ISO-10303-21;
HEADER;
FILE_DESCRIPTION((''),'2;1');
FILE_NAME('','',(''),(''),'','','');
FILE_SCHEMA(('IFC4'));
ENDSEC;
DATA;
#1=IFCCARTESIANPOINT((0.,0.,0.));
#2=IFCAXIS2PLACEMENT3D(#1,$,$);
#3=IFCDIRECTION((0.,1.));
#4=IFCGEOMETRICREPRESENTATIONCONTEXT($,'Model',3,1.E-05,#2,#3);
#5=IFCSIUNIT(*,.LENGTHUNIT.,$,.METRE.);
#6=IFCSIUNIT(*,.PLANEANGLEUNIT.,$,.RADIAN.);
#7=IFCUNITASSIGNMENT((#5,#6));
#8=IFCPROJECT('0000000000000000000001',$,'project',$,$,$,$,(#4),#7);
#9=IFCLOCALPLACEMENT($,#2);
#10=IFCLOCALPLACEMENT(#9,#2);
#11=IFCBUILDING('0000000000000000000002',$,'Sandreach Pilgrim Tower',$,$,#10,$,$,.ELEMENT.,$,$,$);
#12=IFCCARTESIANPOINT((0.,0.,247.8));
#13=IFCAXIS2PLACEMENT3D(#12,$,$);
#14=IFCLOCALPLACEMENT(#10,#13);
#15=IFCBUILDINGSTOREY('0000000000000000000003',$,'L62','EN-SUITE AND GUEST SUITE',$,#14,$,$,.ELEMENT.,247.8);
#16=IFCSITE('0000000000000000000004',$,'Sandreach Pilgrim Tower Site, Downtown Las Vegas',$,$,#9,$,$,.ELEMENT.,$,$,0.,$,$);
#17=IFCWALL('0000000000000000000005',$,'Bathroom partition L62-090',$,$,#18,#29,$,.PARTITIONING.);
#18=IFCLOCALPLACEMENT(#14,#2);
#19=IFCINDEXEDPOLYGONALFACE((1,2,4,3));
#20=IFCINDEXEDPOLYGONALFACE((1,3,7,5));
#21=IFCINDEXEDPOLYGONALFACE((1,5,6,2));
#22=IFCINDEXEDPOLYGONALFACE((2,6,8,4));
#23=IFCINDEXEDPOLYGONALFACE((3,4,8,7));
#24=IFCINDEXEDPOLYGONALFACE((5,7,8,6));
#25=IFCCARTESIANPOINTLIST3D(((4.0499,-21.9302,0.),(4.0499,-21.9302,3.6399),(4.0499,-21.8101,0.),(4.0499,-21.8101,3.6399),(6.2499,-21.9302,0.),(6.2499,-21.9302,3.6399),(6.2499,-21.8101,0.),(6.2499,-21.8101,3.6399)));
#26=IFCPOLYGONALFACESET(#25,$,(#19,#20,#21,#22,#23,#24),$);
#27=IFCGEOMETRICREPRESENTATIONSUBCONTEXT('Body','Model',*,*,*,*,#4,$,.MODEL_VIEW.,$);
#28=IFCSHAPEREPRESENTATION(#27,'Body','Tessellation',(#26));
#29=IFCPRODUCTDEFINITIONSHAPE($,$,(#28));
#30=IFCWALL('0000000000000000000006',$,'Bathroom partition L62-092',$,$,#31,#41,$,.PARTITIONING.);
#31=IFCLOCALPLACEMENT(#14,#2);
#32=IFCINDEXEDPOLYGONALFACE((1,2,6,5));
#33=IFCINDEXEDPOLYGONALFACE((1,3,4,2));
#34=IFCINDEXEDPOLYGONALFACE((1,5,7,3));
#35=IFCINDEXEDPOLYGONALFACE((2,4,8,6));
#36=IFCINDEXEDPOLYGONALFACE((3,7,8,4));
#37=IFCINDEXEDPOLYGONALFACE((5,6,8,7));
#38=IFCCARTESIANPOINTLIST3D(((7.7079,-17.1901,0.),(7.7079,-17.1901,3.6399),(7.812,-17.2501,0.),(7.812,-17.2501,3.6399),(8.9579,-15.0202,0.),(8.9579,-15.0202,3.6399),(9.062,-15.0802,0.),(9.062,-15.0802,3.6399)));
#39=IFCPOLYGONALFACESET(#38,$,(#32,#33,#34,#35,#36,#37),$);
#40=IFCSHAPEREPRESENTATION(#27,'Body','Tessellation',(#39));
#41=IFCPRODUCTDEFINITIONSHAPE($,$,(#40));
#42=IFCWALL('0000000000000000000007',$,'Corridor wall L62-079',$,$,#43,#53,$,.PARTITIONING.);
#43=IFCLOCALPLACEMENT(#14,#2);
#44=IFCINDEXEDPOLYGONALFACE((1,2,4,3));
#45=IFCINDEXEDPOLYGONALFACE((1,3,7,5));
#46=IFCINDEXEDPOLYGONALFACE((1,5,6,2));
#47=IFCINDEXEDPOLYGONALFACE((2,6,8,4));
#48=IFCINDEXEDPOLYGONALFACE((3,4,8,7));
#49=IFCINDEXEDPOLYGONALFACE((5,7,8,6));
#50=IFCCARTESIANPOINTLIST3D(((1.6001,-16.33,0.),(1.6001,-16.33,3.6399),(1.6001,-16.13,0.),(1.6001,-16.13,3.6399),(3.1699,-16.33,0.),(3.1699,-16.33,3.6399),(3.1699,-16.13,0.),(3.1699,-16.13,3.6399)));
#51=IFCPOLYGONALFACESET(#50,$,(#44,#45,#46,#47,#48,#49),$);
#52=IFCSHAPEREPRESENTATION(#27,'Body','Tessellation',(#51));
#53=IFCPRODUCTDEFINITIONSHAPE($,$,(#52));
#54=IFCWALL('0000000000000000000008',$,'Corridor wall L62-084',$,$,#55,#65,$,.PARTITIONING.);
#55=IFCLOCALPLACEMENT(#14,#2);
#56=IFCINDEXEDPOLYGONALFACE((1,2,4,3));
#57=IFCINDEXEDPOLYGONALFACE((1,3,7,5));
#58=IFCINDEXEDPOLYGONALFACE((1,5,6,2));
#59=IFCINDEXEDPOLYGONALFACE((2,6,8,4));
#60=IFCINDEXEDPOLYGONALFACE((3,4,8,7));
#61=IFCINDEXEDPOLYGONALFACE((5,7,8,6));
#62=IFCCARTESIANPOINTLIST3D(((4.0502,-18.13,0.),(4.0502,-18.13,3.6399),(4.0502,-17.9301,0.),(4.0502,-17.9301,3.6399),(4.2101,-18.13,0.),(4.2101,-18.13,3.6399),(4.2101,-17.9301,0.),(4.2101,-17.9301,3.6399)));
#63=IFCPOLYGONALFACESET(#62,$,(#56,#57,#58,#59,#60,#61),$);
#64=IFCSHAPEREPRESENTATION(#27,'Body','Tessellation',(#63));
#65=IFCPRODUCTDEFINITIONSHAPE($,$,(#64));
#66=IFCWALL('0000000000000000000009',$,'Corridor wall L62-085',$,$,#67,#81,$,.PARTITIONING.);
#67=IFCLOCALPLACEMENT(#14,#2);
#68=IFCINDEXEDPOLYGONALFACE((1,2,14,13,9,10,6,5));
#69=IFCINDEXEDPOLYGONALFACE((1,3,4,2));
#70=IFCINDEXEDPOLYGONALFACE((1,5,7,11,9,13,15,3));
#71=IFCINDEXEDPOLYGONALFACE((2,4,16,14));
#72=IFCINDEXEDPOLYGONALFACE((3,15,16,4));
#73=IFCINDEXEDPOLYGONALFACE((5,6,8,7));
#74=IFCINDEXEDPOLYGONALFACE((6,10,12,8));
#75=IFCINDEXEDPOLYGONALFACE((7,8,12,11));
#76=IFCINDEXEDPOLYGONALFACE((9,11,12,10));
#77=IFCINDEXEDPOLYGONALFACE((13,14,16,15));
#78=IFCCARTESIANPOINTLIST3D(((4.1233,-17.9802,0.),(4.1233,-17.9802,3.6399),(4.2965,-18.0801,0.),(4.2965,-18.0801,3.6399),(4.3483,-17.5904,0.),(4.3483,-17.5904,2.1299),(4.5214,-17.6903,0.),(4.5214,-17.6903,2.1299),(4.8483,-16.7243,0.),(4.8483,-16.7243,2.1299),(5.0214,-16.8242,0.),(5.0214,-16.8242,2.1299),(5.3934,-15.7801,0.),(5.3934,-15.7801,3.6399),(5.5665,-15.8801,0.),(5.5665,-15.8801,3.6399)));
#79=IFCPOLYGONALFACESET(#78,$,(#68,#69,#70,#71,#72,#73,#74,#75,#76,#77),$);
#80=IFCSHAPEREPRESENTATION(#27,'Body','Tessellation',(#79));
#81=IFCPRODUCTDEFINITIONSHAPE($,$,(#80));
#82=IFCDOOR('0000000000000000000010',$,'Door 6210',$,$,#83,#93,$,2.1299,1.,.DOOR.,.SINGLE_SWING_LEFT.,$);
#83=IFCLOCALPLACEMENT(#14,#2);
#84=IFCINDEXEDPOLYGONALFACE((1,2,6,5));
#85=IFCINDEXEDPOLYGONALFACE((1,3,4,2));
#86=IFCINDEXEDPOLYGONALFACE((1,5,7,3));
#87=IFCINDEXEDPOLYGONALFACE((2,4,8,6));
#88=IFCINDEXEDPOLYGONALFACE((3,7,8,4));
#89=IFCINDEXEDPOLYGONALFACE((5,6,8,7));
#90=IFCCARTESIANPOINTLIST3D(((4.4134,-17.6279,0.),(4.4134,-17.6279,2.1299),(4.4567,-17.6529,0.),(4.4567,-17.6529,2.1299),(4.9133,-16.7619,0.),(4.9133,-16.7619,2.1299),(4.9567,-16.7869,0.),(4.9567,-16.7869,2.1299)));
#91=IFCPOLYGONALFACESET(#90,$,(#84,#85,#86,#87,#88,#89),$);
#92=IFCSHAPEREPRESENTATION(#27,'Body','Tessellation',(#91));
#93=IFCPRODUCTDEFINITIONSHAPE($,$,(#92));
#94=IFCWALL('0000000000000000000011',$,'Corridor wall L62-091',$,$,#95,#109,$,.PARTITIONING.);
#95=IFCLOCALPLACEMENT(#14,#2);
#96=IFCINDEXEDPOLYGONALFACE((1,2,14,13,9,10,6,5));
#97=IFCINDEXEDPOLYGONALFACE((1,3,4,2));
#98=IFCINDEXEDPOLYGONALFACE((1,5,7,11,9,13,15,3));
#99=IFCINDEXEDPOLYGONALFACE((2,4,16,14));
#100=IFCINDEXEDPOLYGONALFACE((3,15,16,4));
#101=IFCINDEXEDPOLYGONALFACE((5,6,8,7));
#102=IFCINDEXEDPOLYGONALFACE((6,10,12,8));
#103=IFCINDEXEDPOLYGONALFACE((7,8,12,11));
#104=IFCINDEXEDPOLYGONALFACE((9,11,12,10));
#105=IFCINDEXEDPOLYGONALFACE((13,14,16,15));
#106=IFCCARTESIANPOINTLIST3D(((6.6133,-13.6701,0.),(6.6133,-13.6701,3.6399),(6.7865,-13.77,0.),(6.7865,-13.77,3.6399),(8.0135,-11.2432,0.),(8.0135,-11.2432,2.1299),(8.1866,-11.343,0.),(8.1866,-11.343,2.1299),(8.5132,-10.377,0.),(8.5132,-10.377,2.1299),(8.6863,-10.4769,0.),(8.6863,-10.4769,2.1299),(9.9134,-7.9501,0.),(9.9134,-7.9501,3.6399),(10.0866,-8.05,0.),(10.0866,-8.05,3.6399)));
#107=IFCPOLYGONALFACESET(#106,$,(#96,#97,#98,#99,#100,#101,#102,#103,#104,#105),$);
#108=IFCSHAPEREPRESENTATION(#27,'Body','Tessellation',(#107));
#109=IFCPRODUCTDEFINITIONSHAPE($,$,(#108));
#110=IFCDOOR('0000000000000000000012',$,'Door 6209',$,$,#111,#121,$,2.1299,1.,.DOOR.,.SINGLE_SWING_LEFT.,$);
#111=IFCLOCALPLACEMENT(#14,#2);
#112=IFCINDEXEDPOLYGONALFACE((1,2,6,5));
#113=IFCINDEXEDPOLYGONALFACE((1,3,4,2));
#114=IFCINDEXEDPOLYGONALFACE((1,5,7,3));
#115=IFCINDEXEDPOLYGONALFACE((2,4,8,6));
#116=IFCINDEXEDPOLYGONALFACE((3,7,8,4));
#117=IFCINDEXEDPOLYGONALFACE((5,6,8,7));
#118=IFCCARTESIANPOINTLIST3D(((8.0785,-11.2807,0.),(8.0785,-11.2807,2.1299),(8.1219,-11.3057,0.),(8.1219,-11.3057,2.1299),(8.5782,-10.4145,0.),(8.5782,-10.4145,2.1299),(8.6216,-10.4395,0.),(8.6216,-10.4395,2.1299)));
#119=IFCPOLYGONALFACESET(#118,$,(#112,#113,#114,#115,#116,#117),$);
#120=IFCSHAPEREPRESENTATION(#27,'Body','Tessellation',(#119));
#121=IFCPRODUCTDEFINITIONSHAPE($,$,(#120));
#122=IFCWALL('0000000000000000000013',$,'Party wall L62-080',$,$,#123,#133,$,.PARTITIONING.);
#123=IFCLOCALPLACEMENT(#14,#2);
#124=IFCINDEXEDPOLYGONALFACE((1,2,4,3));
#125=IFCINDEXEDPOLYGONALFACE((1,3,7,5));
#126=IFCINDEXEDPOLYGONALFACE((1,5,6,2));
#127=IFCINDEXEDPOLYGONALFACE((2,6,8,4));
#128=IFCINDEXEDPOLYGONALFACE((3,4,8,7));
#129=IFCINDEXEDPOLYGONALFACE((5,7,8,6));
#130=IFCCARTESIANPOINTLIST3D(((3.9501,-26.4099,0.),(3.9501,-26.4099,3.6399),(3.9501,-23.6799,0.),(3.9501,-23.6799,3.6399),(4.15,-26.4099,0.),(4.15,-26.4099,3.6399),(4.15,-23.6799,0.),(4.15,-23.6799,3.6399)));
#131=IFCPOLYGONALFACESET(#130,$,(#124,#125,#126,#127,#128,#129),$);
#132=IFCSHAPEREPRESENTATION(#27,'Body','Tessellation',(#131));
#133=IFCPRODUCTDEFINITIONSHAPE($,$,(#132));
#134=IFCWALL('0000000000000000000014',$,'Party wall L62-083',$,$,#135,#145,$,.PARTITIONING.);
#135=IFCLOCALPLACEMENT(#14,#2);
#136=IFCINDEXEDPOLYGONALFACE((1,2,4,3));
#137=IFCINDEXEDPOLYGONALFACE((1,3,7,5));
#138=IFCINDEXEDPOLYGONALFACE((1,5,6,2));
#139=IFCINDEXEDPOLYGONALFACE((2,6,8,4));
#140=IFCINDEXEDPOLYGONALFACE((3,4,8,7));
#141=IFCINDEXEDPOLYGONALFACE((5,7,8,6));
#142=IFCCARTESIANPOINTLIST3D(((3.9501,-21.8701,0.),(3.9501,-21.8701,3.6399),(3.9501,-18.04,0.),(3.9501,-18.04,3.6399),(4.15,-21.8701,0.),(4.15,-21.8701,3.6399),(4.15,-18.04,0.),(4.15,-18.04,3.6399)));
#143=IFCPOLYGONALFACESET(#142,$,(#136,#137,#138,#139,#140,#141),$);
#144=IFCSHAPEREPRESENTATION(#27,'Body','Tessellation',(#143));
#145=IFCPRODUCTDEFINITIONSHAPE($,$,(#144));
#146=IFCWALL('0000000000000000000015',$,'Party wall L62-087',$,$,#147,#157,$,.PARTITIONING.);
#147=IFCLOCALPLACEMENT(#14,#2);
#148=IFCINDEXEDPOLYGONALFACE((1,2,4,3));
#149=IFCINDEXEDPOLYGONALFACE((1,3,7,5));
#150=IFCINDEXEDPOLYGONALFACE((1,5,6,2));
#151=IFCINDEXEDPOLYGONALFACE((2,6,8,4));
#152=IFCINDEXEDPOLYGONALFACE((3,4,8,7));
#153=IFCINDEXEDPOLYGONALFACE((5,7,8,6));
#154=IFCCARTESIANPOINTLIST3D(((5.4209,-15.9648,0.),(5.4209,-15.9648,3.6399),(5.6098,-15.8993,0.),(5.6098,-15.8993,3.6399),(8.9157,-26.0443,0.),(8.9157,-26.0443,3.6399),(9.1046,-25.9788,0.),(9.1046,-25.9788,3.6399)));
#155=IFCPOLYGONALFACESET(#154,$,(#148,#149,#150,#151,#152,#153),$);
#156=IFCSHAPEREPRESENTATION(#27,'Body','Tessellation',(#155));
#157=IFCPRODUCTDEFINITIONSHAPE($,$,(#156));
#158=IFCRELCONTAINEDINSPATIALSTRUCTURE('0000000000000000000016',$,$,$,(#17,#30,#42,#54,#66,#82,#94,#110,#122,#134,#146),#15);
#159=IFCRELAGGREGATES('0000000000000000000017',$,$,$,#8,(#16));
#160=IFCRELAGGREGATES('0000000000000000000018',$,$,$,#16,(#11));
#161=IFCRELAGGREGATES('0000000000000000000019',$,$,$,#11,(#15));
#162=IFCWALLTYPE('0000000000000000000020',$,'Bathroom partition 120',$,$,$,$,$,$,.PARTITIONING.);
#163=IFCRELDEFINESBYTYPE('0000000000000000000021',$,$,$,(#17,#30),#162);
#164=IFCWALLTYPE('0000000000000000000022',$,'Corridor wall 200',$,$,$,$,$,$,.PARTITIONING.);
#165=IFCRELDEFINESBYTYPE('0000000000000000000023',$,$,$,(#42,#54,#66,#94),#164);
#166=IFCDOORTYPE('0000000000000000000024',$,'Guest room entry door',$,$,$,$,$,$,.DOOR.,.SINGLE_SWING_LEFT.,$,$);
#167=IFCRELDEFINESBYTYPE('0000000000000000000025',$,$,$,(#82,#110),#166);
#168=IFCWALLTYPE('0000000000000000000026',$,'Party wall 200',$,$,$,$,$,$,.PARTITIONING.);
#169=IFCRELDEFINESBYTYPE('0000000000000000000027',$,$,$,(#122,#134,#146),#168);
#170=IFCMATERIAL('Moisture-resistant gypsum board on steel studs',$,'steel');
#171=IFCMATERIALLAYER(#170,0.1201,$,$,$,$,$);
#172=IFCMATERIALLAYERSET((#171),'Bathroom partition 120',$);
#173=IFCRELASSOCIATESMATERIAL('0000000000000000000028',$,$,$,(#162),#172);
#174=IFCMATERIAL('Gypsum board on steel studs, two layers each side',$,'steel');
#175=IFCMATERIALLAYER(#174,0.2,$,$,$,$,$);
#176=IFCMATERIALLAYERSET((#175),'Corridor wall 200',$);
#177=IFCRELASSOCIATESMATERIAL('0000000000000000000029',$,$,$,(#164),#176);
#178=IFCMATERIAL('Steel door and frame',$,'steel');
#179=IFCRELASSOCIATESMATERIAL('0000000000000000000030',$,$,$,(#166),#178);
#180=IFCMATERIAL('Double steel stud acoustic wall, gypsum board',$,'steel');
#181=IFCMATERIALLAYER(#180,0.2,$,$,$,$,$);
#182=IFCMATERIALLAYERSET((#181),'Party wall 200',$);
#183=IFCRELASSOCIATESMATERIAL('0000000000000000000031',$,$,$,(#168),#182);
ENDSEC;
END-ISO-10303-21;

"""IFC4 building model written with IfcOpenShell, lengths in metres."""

from ifc_helpers import new_model, si_unit, direction, frame, frame_2d, origin, place, context, subcontext, project, spatial, rectangle, extrude, material, layer, layer_set, type_object, element, fill, save


model = new_model("IFC4")

# Units and contexts
model_context = context("Model", 3, precision=1e-05, world=origin(), true_north=direction((0.0, 1.0)))
body_context = subcontext(model_context, "Body", "Model", "MODEL_VIEW")
ifc_project = project(units=[si_unit("LENGTHUNIT", "METRE"), si_unit("PLANEANGLEUNIT", "RADIAN")], contexts=[model_context])

# Site, building, storey
site_placement = place(None, origin())
site = spatial("IfcSite", under=ifc_project, at=site_placement, Name="Sandreach Pilgrim Tower Site, Downtown Las Vegas", CompositionType="ELEMENT", RefElevation=0.0)
building_placement = place(site_placement, origin())
building = spatial("IfcBuilding", under=site, at=building_placement, Name="Sandreach Pilgrim Tower", CompositionType="ELEMENT")
storey_placement = place(building_placement, frame((0.0, 0.0, 247.8)))
storey = spatial("IfcBuildingStorey", under=building, at=storey_placement, Name="L62", Description="EN-SUITE AND GUEST SUITE", CompositionType="ELEMENT", Elevation=247.8)

# Shared definitions
ifc_material_1 = material(Name="Moisture-resistant gypsum board on steel studs", Category="steel")
ifc_layer_1 = layer(ifc_material_1, 0.1201)
ifc_layer_set_1 = layer_set([ifc_layer_1], Name="Bathroom partition 120")
wall_type_1 = type_object("IfcWallType", Name="Bathroom partition 120", PredefinedType="PARTITIONING", material=ifc_layer_set_1)

# Walls
wall_1_placement = place(storey_placement, frame((6.25, -21.8701, 0.0), z_axis=(0.0, 0.0, 1.0), x_axis=(-1.0, 0.0, 0.0)))
element("IfcWall", 1, at=wall_1_placement, inside=storey, type_object=wall_type_1, Name="Bathroom partition L62-090", PredefinedType="PARTITIONING", context=body_context, shape_type="SweptSolid", body=[
    extrude(rectangle(XDim=2.2, YDim=0.1201, at=frame_2d((1.1001, 0.0))), origin(), (0.0, 0.0, 1.0), 3.6399),
])
wall_2_placement = place(storey_placement, frame((7.76, -17.22, 0.0), z_axis=(0.0, 0.0, 1.0), x_axis=(0.49916, 0.86651, 0.0)))
element("IfcWall", 2, at=wall_2_placement, inside=storey, type_object=wall_type_1, Name="Bathroom partition L62-092", PredefinedType="PARTITIONING", context=body_context, shape_type="SweptSolid", body=[
    extrude(rectangle(XDim=2.5042, YDim=0.1201, at=frame_2d((1.252, 0.0))), origin(), (0.0, 0.0, 1.0), 3.6399),
])

# Shared definitions
ifc_material_2 = material(Name="Gypsum board on steel studs, two layers each side", Category="steel")
ifc_layer_2 = layer(ifc_material_2, 0.2)
ifc_layer_set_2 = layer_set([ifc_layer_2], Name="Corridor wall 200")
wall_type_2 = type_object("IfcWallType", Name="Corridor wall 200", PredefinedType="PARTITIONING", material=ifc_layer_set_2)

# Walls
wall_3_placement = place(storey_placement, frame((3.1699, -16.23, 0.0), z_axis=(0.0, 0.0, 1.0), x_axis=(-1.0, 0.0, 0.0)))
element("IfcWall", 3, at=wall_3_placement, inside=storey, type_object=wall_type_2, Name="Corridor wall L62-079", PredefinedType="PARTITIONING", context=body_context, shape_type="SweptSolid", body=[
    extrude(rectangle(XDim=1.5698, YDim=0.2, at=frame_2d((0.7849, 0.0))), origin(), (0.0, 0.0, 1.0), 3.6399),
])
wall_4_placement = place(storey_placement, frame((4.05, -18.03, 0.0), z_axis=(0.0, 0.0, 1.0), x_axis=(1.0, 0.0, 0.0)))
element("IfcWall", 4, at=wall_4_placement, inside=storey, type_object=wall_type_2, Name="Corridor wall L62-084", PredefinedType="PARTITIONING", context=body_context, shape_type="SweptSolid", body=[
    extrude(rectangle(XDim=0.1599, YDim=0.2, at=frame_2d((0.0801, 0.0))), origin(), (0.0, 0.0, 1.0), 3.6399),
])

# Walls, openings, doors
wall_5_placement = place(storey_placement, frame((4.21, -18.03, 0.0), z_axis=(0.0, 0.0, 1.0), x_axis=(0.499964, 0.866046, 0.0)))
wall_5 = element("IfcWall", 5, at=wall_5_placement, inside=storey, type_object=wall_type_2, Name="Corridor wall L62-085", PredefinedType="PARTITIONING", context=body_context, shape_type="SweptSolid", body=[
    extrude(rectangle(XDim=2.5403, YDim=0.2, at=frame_2d((1.27, 0.0))), origin(), (0.0, 0.0, 1.0), 3.6399),
])
opening_1_placement = place(wall_5_placement, frame((0.45, 0.0, 0.0)))
opening_1 = element("IfcOpeningElement", 6, at=opening_1_placement, cuts=wall_5, PredefinedType="OPENING", context=body_context, shape_type="SweptSolid", body=[
    extrude(rectangle(XDim=1.0, YDim=2.1299, at=frame_2d((0.5, 1.0649))), frame((0.0, 0.1001, 0.0), z_axis=(0.0, -1.0, 0.0), x_axis=(1.0, 0.0, 0.0)), (0.0, 0.0, 1.0), 0.2),
])
ifc_material_3 = material(Name="Steel door and frame", Category="steel")
door_type_1 = type_object("IfcDoorType", Name="Guest room entry door", OperationType="SINGLE_SWING_LEFT", PredefinedType="DOOR", material=ifc_material_3)
door_1_placement = place(opening_1_placement, origin())
door_1 = element("IfcDoor", 7, at=door_1_placement, inside=storey, type_object=door_type_1, Name="Door 6210", OperationType="SINGLE_SWING_LEFT", OverallHeight=2.1299, OverallWidth=1.0, PredefinedType="DOOR", context=body_context, shape_type="SweptSolid", body=[
    extrude(rectangle(XDim=1.0, YDim=2.1299, at=frame_2d((0.5, 1.0649))), frame((0.0, 0.0249, 0.0), z_axis=(0.0, -1.0, 0.0), x_axis=(1.0, 0.0, 0.0)), (0.0, 0.0, 1.0), 0.05),
])
fill(opening_1, door_1)
wall_6_placement = place(storey_placement, frame((6.7, -13.72, 0.0), z_axis=(0.0, 0.0, 1.0), x_axis=(0.49973, 0.866181, 0.0)))
wall_6 = element("IfcWall", 8, at=wall_6_placement, inside=storey, type_object=wall_type_2, Name="Corridor wall L62-091", PredefinedType="PARTITIONING", context=body_context, shape_type="SweptSolid", body=[
    extrude(rectangle(XDim=6.6038, YDim=0.2, at=frame_2d((3.3018, 0.0))), origin(), (0.0, 0.0, 1.0), 3.6399),
])
opening_2_placement = place(wall_6_placement, frame((2.8018, 0.0, 0.0)))
opening_2 = element("IfcOpeningElement", 9, at=opening_2_placement, cuts=wall_6, PredefinedType="OPENING", context=body_context, shape_type="SweptSolid", body=[
    extrude(rectangle(XDim=1.0, YDim=2.1299, at=frame_2d((0.5, 1.0649))), frame((0.0, 0.1001, 0.0), z_axis=(0.0, -1.0, 0.0), x_axis=(1.0, 0.0, 0.0)), (0.0, 0.0, 1.0), 0.2),
])
door_2_placement = place(opening_2_placement, origin())
door_2 = element("IfcDoor", 10, at=door_2_placement, inside=storey, type_object=door_type_1, Name="Door 6209", OperationType="SINGLE_SWING_LEFT", OverallHeight=2.1299, OverallWidth=1.0, PredefinedType="DOOR", context=body_context, shape_type="SweptSolid", body=[
    extrude(rectangle(XDim=1.0, YDim=2.1299, at=frame_2d((0.5, 1.0649))), frame((0.0, 0.0249, 0.0), z_axis=(0.0, -1.0, 0.0), x_axis=(1.0, 0.0, 0.0)), (0.0, 0.0, 1.0), 0.05),
])
fill(opening_2, door_2)

# Walls
ifc_material_4 = material(Name="Double steel stud acoustic wall, gypsum board", Category="steel")
ifc_layer_3 = layer(ifc_material_4, 0.2)
ifc_layer_set_3 = layer_set([ifc_layer_3], Name="Party wall 200")
wall_type_3 = type_object("IfcWallType", Name="Party wall 200", PredefinedType="PARTITIONING", material=ifc_layer_set_3)
wall_7_placement = place(storey_placement, frame((4.05, -26.4099, 0.0), z_axis=(0.0, 0.0, 1.0), x_axis=(0.0, 1.0, 0.0)))
element("IfcWall", 11, at=wall_7_placement, inside=storey, type_object=wall_type_3, Name="Party wall L62-080", PredefinedType="PARTITIONING", context=body_context, shape_type="SweptSolid", body=[
    extrude(rectangle(XDim=2.73, YDim=0.2, at=frame_2d((1.365, 0.0))), origin(), (0.0, 0.0, 1.0), 3.6399),
])
wall_8_placement = place(storey_placement, frame((4.05, -21.8701, 0.0), z_axis=(0.0, 0.0, 1.0), x_axis=(0.0, 1.0, 0.0)))
element("IfcWall", 12, at=wall_8_placement, inside=storey, type_object=wall_type_3, Name="Party wall L62-083", PredefinedType="PARTITIONING", context=body_context, shape_type="SweptSolid", body=[
    extrude(rectangle(XDim=3.8301, YDim=0.2, at=frame_2d((1.915, 0.0))), origin(), (0.0, 0.0, 1.0), 3.6399),
])
wall_9_placement = place(storey_placement, frame((5.5154, -15.9321, 0.0), z_axis=(0.0, 0.0, 1.0), x_axis=(0.327595, -0.944818, 0.0)))
element("IfcWall", 13, at=wall_9_placement, inside=storey, type_object=wall_type_3, Name="Party wall L62-087", PredefinedType="PARTITIONING", context=body_context, shape_type="SweptSolid", body=[
    extrude(rectangle(XDim=10.6682, YDim=0.2, at=frame_2d((5.334, 0.0))), origin(), (0.0, 0.0, 1.0), 3.6399),
])

save(model, "model.ifc")
